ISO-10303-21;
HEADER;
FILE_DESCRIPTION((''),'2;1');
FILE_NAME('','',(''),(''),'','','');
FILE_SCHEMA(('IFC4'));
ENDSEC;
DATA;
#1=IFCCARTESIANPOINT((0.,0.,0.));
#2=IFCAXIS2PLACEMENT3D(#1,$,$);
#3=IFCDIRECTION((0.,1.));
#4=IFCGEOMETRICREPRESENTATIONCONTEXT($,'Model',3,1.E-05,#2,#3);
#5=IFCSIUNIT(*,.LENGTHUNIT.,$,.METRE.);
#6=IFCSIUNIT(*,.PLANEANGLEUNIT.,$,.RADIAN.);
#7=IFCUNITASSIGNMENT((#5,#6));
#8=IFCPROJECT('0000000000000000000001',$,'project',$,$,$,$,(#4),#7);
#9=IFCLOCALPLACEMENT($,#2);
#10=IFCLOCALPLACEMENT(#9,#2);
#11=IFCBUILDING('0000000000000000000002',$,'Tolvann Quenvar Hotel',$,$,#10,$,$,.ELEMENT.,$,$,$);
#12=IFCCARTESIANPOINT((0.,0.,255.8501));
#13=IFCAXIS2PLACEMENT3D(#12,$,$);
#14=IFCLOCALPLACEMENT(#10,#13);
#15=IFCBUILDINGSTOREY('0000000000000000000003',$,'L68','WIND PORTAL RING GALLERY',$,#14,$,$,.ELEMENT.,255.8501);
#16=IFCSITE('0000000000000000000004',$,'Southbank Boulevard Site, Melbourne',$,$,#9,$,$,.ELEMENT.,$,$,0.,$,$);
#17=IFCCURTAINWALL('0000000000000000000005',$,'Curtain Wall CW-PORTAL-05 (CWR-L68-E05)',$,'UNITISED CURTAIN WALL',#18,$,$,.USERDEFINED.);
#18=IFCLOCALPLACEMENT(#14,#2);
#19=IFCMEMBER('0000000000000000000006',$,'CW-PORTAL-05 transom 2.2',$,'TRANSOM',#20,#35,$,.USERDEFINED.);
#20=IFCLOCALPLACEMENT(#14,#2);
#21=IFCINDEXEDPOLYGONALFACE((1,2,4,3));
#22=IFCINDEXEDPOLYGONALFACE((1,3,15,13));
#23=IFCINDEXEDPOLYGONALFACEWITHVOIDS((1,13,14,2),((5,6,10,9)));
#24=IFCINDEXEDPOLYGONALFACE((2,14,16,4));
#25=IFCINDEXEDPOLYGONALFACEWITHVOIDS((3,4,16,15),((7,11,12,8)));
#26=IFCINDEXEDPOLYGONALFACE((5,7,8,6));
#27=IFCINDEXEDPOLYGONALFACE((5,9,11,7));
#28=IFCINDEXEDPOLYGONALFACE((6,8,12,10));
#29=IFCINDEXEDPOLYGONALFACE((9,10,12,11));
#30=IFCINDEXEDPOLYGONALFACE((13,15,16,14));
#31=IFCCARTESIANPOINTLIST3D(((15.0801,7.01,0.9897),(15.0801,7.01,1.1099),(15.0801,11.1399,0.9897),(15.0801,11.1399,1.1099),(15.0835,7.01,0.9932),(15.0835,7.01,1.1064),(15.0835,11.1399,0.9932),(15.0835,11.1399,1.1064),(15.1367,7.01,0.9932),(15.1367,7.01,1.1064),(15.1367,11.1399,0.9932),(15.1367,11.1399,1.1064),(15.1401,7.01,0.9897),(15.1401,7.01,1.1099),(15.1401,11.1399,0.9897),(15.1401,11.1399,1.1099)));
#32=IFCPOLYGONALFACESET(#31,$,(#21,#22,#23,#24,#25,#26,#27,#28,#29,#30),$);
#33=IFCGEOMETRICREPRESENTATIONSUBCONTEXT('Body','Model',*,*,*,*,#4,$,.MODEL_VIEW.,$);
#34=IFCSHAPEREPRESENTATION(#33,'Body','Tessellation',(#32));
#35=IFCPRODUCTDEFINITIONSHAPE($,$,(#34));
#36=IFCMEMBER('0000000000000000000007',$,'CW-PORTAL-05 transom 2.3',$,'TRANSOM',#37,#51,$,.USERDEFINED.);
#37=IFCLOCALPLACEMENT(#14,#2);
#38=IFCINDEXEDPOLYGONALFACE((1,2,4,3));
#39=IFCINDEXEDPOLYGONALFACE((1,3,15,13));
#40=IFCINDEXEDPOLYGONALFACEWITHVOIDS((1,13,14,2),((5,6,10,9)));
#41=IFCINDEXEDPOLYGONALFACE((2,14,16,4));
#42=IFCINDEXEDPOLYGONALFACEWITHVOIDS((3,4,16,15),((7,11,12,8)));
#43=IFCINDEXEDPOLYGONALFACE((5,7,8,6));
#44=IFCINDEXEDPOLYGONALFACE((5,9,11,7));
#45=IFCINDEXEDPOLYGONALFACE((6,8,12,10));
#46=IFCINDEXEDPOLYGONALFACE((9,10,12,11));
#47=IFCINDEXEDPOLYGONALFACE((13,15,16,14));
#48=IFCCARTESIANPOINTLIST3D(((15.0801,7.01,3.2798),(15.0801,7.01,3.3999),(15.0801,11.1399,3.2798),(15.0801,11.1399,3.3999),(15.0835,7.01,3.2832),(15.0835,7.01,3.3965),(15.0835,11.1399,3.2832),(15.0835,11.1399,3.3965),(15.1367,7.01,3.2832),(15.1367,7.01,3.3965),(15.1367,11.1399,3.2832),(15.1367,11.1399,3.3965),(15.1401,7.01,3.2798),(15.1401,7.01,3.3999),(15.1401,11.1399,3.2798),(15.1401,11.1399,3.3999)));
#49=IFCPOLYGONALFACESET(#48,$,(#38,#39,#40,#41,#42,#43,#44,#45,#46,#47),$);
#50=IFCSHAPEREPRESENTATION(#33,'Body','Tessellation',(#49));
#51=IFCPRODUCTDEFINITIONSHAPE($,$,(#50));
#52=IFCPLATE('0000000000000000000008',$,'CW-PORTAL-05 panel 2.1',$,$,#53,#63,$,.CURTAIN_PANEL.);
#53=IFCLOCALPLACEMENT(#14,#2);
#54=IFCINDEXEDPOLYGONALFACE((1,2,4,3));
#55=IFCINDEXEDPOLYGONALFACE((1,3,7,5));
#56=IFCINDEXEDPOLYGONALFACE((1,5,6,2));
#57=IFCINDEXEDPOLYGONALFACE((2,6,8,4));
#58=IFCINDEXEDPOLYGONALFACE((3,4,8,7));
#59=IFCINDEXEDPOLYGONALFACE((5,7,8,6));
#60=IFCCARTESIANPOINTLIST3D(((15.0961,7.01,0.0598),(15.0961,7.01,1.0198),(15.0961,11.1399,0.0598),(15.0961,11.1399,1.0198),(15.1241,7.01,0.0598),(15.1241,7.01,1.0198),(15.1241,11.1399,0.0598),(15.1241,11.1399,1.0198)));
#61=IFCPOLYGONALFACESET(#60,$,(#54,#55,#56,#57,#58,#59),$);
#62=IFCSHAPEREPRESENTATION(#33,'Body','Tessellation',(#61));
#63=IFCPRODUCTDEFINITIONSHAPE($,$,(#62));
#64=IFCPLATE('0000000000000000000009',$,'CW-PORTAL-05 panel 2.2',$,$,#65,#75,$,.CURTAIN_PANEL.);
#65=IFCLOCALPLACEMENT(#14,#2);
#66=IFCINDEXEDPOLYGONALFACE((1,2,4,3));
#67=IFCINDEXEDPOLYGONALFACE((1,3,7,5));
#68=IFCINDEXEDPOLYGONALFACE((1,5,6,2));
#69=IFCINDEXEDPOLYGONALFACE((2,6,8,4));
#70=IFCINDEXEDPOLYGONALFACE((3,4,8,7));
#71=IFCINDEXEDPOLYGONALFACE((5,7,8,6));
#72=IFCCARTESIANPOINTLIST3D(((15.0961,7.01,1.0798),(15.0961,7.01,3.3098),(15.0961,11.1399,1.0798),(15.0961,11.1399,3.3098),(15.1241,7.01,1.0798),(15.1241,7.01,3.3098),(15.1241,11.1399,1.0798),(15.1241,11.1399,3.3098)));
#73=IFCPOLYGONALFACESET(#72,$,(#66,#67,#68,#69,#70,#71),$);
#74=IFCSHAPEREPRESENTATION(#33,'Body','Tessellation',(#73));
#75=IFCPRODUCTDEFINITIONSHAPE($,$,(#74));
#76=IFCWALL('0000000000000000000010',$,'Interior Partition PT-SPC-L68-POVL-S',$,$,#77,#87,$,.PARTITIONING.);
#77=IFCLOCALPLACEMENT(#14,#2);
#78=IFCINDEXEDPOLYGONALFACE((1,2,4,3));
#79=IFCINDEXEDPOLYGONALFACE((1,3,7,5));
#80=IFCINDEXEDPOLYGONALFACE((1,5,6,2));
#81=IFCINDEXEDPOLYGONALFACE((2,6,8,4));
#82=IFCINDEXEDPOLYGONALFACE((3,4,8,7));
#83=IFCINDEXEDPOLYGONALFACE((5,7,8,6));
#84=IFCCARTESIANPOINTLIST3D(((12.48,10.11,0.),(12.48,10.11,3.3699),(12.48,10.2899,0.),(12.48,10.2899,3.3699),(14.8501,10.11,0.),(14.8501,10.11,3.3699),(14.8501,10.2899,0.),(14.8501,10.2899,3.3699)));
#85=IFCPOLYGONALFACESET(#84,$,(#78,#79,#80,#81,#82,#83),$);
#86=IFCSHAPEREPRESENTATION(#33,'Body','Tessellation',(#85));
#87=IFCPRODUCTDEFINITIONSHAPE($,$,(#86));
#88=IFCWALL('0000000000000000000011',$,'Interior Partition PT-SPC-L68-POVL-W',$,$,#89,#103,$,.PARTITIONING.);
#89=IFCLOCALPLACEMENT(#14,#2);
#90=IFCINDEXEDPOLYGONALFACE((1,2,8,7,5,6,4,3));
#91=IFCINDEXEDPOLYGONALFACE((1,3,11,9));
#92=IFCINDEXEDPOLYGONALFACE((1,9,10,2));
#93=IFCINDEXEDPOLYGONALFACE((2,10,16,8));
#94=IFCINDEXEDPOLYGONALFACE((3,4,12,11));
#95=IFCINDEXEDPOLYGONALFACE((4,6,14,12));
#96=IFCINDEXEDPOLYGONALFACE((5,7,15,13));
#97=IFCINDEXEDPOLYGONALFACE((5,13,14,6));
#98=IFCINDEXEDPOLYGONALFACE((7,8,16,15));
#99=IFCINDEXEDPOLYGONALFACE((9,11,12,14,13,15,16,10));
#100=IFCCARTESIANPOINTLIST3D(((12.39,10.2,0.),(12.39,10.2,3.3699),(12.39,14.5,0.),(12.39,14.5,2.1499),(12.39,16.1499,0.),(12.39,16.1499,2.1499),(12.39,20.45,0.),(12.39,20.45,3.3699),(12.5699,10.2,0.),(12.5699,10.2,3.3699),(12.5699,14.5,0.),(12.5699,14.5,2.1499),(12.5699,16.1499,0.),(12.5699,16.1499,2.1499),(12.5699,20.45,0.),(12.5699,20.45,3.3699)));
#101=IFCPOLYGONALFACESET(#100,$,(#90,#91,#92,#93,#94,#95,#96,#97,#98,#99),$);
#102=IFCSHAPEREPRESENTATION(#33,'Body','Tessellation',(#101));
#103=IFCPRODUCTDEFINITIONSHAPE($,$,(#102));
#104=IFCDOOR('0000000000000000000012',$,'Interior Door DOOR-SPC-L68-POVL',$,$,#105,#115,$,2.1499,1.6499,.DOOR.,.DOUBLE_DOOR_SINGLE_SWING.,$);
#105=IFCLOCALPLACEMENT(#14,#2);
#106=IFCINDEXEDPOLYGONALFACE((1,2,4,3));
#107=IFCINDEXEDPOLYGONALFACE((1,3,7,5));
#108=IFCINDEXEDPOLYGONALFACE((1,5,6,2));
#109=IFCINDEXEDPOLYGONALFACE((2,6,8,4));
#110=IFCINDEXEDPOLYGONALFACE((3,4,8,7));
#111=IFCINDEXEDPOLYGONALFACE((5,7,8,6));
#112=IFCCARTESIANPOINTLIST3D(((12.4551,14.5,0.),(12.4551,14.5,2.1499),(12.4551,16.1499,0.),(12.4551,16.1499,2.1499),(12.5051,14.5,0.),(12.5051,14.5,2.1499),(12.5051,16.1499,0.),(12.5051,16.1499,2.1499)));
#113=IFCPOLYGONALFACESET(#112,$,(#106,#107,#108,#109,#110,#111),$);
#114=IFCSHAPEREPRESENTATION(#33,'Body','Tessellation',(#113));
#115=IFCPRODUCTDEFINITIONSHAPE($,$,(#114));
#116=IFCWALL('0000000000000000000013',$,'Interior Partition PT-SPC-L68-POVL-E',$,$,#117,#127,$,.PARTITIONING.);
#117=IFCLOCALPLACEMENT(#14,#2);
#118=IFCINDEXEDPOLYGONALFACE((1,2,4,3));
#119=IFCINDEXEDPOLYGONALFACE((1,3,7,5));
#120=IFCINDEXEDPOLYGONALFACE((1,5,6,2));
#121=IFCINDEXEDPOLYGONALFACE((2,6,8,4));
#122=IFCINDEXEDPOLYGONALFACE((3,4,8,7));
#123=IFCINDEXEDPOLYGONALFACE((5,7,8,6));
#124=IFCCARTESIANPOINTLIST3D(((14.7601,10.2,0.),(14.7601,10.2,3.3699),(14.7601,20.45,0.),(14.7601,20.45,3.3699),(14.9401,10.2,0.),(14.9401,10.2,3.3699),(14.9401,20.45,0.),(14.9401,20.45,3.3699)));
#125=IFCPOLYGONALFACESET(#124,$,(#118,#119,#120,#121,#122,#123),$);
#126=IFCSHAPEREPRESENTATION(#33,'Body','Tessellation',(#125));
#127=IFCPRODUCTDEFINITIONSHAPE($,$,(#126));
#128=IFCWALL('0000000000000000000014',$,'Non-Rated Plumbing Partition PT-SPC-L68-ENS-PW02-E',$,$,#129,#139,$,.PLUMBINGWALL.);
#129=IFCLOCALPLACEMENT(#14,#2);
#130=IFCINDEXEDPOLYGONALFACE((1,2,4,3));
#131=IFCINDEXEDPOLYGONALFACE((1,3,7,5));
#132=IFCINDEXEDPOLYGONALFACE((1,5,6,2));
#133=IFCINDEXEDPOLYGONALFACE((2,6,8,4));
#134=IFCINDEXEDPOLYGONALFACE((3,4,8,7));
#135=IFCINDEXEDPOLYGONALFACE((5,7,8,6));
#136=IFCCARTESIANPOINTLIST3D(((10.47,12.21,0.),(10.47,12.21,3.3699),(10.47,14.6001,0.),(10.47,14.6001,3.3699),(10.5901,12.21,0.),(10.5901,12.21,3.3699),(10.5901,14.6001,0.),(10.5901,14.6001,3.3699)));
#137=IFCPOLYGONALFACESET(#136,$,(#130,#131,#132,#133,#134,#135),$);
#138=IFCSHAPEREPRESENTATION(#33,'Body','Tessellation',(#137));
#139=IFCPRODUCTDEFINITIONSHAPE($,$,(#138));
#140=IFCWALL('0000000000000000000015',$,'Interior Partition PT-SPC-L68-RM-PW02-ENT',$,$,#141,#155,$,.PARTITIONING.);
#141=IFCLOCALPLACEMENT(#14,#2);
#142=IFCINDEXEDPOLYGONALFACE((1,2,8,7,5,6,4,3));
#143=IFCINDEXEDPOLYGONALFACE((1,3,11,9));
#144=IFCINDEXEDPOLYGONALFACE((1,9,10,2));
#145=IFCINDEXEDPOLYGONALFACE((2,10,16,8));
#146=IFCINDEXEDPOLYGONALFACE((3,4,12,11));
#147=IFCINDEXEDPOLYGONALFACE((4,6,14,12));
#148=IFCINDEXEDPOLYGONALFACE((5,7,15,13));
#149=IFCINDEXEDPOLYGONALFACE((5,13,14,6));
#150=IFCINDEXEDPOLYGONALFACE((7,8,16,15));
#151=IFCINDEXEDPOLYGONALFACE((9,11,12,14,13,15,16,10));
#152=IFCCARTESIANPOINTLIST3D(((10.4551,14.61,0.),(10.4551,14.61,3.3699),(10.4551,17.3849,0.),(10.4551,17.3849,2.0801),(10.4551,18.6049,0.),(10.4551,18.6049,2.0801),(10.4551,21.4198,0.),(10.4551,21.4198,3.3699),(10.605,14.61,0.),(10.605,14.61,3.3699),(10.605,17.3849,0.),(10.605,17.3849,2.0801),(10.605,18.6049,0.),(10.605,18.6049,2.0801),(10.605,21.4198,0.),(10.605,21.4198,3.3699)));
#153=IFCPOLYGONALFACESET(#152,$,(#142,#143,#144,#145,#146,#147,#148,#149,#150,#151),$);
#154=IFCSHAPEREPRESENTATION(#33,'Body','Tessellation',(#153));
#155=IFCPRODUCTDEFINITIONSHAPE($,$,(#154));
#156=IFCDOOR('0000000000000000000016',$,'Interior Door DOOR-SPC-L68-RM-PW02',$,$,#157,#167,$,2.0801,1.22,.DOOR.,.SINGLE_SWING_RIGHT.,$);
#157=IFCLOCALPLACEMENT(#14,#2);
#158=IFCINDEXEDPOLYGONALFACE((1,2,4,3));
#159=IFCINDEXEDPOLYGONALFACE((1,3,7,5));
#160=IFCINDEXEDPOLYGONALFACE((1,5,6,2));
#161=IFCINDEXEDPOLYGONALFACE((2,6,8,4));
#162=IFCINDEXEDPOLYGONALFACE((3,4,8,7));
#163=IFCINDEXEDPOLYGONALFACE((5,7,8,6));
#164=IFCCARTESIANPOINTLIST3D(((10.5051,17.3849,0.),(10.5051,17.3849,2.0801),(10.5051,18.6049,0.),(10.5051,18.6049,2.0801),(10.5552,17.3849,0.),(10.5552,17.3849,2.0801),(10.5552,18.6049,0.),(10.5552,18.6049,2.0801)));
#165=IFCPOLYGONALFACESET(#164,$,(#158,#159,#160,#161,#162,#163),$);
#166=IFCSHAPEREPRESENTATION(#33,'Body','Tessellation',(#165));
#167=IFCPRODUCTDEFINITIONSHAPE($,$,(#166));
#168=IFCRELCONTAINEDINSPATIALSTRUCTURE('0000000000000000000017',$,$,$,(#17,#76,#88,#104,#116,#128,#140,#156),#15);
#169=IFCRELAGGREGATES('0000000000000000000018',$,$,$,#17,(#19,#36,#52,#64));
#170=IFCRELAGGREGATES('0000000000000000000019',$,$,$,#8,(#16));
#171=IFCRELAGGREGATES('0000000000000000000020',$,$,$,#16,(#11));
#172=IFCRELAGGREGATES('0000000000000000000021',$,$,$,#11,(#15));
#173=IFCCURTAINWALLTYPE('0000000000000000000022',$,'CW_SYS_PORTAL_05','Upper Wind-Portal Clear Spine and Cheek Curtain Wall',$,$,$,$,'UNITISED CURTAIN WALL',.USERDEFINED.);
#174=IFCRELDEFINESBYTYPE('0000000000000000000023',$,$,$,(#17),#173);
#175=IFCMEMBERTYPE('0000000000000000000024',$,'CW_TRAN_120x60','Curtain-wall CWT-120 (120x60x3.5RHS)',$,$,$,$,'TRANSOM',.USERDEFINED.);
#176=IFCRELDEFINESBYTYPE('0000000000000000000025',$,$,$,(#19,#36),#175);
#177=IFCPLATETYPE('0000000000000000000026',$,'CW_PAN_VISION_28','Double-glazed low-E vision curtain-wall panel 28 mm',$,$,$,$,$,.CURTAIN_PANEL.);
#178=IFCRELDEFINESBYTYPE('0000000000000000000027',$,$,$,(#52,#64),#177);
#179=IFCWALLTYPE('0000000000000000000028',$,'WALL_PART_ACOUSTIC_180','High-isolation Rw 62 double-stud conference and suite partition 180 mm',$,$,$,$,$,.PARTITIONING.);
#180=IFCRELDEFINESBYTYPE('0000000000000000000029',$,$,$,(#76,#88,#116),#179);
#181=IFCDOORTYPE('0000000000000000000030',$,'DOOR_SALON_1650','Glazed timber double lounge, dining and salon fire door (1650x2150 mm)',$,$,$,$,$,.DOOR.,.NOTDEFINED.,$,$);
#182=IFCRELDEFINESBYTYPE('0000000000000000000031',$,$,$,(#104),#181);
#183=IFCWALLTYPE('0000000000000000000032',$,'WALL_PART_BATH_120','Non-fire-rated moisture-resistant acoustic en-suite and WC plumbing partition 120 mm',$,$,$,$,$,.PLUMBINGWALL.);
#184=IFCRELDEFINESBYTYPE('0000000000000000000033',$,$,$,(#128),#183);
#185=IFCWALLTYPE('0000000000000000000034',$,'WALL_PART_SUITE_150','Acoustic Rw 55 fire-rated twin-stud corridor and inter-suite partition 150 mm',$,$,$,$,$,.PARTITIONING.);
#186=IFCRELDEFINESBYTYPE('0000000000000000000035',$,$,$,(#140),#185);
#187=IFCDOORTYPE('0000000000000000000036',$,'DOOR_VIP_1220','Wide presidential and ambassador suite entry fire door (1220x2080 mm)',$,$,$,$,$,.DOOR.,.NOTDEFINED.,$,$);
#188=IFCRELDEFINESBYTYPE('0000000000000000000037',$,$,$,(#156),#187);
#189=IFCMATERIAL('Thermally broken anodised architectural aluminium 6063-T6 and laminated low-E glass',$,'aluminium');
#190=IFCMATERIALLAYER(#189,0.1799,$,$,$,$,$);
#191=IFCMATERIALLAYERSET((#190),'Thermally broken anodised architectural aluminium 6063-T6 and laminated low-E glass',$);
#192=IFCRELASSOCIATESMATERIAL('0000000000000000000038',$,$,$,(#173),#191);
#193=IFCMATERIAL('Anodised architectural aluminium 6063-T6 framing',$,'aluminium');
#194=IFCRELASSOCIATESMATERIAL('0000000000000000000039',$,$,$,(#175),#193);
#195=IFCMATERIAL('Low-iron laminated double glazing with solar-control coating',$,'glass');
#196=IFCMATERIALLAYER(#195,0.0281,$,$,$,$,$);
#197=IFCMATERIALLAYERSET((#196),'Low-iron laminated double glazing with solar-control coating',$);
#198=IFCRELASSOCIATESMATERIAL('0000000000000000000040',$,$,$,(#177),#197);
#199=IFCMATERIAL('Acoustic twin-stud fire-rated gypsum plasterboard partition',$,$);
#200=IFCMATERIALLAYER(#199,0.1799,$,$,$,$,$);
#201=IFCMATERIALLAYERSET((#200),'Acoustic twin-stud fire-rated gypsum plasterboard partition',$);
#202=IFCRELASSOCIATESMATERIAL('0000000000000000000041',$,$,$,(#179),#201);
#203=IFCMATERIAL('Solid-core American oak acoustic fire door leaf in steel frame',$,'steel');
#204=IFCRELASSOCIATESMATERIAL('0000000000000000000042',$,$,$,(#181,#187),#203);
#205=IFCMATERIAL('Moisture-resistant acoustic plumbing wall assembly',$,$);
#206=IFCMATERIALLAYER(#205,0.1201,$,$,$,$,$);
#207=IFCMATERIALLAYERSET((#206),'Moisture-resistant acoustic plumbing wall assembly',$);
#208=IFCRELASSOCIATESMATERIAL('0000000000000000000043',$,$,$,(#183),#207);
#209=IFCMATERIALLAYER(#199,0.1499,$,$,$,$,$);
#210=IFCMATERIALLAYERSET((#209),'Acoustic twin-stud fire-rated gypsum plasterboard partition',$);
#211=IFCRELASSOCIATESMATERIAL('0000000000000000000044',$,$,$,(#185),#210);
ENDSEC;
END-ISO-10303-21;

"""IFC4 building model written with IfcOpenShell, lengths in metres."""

from ifc_helpers import new_model, si_unit, direction, frame, frame_2d, origin, origin_2d, place, context, subcontext, project, spatial, rectangle, hollow_rectangle, extrude, source, transform, mapped, material, layer, layer_set, material_profile, profile_set, type_object, type_shapes, element, fill, aggregate, save


model = new_model("IFC4")

# Units and contexts
model_context = context("Model", 3, precision=1e-05, world=origin(), true_north=direction((0.0, 1.0)))
body_context = subcontext(model_context, "Body", "Model", "MODEL_VIEW")
ifc_project = project(units=[si_unit("LENGTHUNIT", "METRE"), si_unit("PLANEANGLEUNIT", "RADIAN")], contexts=[model_context])

# Site, building, storey
site_placement = place(None, origin())
site = spatial("IfcSite", under=ifc_project, at=site_placement, Name="Southbank Boulevard Site, Melbourne", CompositionType="ELEMENT", RefElevation=0.0)
building_placement = place(site_placement, origin())
building = spatial("IfcBuilding", under=site, at=building_placement, Name="Tolvann Quenvar Hotel", CompositionType="ELEMENT")
storey_placement = place(building_placement, frame((0.0, 0.0, 255.8501)))
storey = spatial("IfcBuildingStorey", under=building, at=storey_placement, Name="L68", Description="WIND PORTAL RING GALLERY", CompositionType="ELEMENT", Elevation=255.8501)

# Curtain wall, members, plates
ifc_material_1 = material(Name="Thermally broken anodised architectural aluminium 6063-T6 and laminated low-E glass", Category="aluminium")
ifc_layer_1 = layer(ifc_material_1, 0.1799)
ifc_layer_set_1 = layer_set([ifc_layer_1], Name="Thermally broken anodised architectural aluminium 6063-T6 and laminated low-E glass")
curtain_wall_type = type_object("IfcCurtainWallType", Name="CW_SYS_PORTAL_05", Description="Upper Wind-Portal Clear Spine and Cheek Curtain Wall", ElementType="UNITISED CURTAIN WALL", PredefinedType="USERDEFINED", material=ifc_layer_set_1)
curtain_wall_placement = place(storey_placement, origin())
curtain_wall = element("IfcCurtainWall", 1, at=curtain_wall_placement, inside=storey, type_object=curtain_wall_type, Name="Curtain Wall CW-PORTAL-05 (CWR-L68-E05)", ObjectType="UNITISED CURTAIN WALL", PredefinedType="USERDEFINED")
ifc_material_2 = material(Name="Anodised architectural aluminium 6063-T6 framing", Category="aluminium")
ifc_material_profile_1 = material_profile(ifc_material_2, hollow_rectangle(XDim=0.0601, YDim=0.1201, WallThickness=0.0034, at=origin_2d()), Name="120x60x3.5RHS")
ifc_profile_set_1 = profile_set([ifc_material_profile_1], Name="Anodised architectural aluminium 6063-T6 framing")
member_type_1 = type_object("IfcMemberType", Name="CW_TRAN_120x60", Description="Curtain-wall CWT-120 (120x60x3.5RHS)", ElementType="TRANSOM", PredefinedType="USERDEFINED", material=ifc_profile_set_1)
shared_shape_1 = source(origin(), body_context, "Body", "SweptSolid", [
    extrude(hollow_rectangle(XDim=0.0601, YDim=0.1201, WallThickness=0.0034, at=origin_2d()), origin(), (0.0, 0.0, 1.0), 4.1299),
])
member_1_placement = place(storey_placement, frame((15.1101, 7.01, 1.0498), z_axis=(0.0, 1.0, 0.0), x_axis=(-1.0, 0.0, 0.0)))
member_1 = element("IfcMember", 2, at=member_1_placement, type_object=member_type_1, Name="CW-PORTAL-05 transom 2.2", ObjectType="TRANSOM", PredefinedType="USERDEFINED", context=body_context, shape_type="MappedRepresentation", body=[
    mapped(shared_shape_1, transform((0.0, 0.0, 0.0), x_axis=(1.0, 0.0, 0.0), y_axis=(0.0, 1.0, 0.0), z_axis=(0.0, 0.0, 1.0), scale=1.0)),
])
member_2_placement = place(storey_placement, frame((15.1101, 7.01, 3.3398), z_axis=(0.0, 1.0, 0.0), x_axis=(-1.0, 0.0, 0.0)))
member_2 = element("IfcMember", 3, at=member_2_placement, type_object=member_type_1, Name="CW-PORTAL-05 transom 2.3", ObjectType="TRANSOM", PredefinedType="USERDEFINED", context=body_context, shape_type="MappedRepresentation", body=[
    mapped(shared_shape_1, transform((0.0, 0.0, 0.0), x_axis=(1.0, 0.0, 0.0), y_axis=(0.0, 1.0, 0.0), z_axis=(0.0, 0.0, 1.0), scale=1.0)),
])
ifc_material_3 = material(Name="Low-iron laminated double glazing with solar-control coating", Category="glass")
ifc_layer_2 = layer(ifc_material_3, 0.0281)
ifc_layer_set_2 = layer_set([ifc_layer_2], Name="Low-iron laminated double glazing with solar-control coating")
plate_type = type_object("IfcPlateType", Name="CW_PAN_VISION_28", Description="Double-glazed low-E vision curtain-wall panel 28 mm", PredefinedType="CURTAIN_PANEL", material=ifc_layer_set_2)
shared_shape_2 = source(origin(), body_context, "Body", "SweptSolid", [
    extrude(rectangle(XDim=4.1299, YDim=0.0281, at=origin_2d()), origin(), (0.0, 0.0, 1.0), 0.96),
])
plate_1_placement = place(storey_placement, frame((15.1101, 9.075, 0.0598), z_axis=(0.0, 0.0, 1.0), x_axis=(0.0, 1.0, 0.0)))
plate_1 = element("IfcPlate", 4, at=plate_1_placement, type_object=plate_type, Name="CW-PORTAL-05 panel 2.1", PredefinedType="CURTAIN_PANEL", context=body_context, shape_type="MappedRepresentation", body=[
    mapped(shared_shape_2, transform((0.0, 0.0, 0.0), x_axis=(1.0, 0.0, 0.0), y_axis=(0.0, 1.0, 0.0), z_axis=(0.0, 0.0, 1.0), scale=1.0)),
])
shared_shape_3 = source(origin(), body_context, "Body", "SweptSolid", [
    extrude(rectangle(XDim=4.1299, YDim=0.0281, at=origin_2d()), origin(), (0.0, 0.0, 1.0), 2.23),
])
type_shapes(plate_type, [shared_shape_2, shared_shape_3])
plate_2_placement = place(storey_placement, frame((15.1101, 9.075, 1.0798), z_axis=(0.0, 0.0, 1.0), x_axis=(0.0, 1.0, 0.0)))
plate_2 = element("IfcPlate", 5, at=plate_2_placement, type_object=plate_type, Name="CW-PORTAL-05 panel 2.2", PredefinedType="CURTAIN_PANEL", context=body_context, shape_type="MappedRepresentation", body=[
    mapped(shared_shape_3, transform((0.0, 0.0, 0.0), x_axis=(1.0, 0.0, 0.0), y_axis=(0.0, 1.0, 0.0), z_axis=(0.0, 0.0, 1.0), scale=1.0)),
])
aggregate(curtain_wall, [member_1, member_2, plate_1, plate_2])

# Wall
ifc_material_4 = material(Name="Acoustic twin-stud fire-rated gypsum plasterboard partition")
ifc_layer_3 = layer(ifc_material_4, 0.1799)
ifc_layer_set_3 = layer_set([ifc_layer_3], Name="Acoustic twin-stud fire-rated gypsum plasterboard partition")
wall_type_1 = type_object("IfcWallType", Name="WALL_PART_ACOUSTIC_180", Description="High-isolation Rw 62 double-stud conference and suite partition 180 mm", PredefinedType="PARTITIONING", material=ifc_layer_set_3)
wall_1_placement = place(storey_placement, frame((12.48, 10.2, 0.0), z_axis=(0.0, 0.0, 1.0), x_axis=(1.0, 0.0, 0.0)))
element("IfcWall", 6, at=wall_1_placement, inside=storey, type_object=wall_type_1, Name="Interior Partition PT-SPC-L68-POVL-S", PredefinedType="PARTITIONING", context=body_context, shape_type="SweptSolid", body=[
    extrude(rectangle(XDim=2.3701, YDim=0.1799, at=frame_2d((1.1851, 0.0))), origin(), (0.0, 0.0, 1.0), 3.3699),
])

# Wall, opening, door
wall_2_placement = place(storey_placement, frame((12.48, 10.2, 0.0), z_axis=(0.0, 0.0, 1.0), x_axis=(0.0, 1.0, 0.0)))
wall_2 = element("IfcWall", 7, at=wall_2_placement, inside=storey, type_object=wall_type_1, Name="Interior Partition PT-SPC-L68-POVL-W", PredefinedType="PARTITIONING", context=body_context, shape_type="SweptSolid", body=[
    extrude(rectangle(XDim=10.25, YDim=0.1799, at=frame_2d((5.125, 0.0))), origin(), (0.0, 0.0, 1.0), 3.3699),
])
opening_1_placement = place(wall_2_placement, frame((4.3, 0.0, 0.0)))
opening_1 = element("IfcOpeningElement", 8, at=opening_1_placement, cuts=wall_2, PredefinedType="OPENING", context=body_context, shape_type="SweptSolid", body=[
    extrude(rectangle(XDim=1.6499, YDim=2.1499, at=frame_2d((0.825, 1.075))), frame((0.0, 0.1001, 0.0), z_axis=(0.0, -1.0, 0.0), x_axis=(1.0, 0.0, 0.0)), (0.0, 0.0, 1.0), 0.2),
])
ifc_material_5 = material(Name="Solid-core American oak acoustic fire door leaf in steel frame", Category="steel")
door_type_1 = type_object("IfcDoorType", Name="DOOR_SALON_1650", Description="Glazed timber double lounge, dining and salon fire door (1650x2150 mm)", OperationType="NOTDEFINED", PredefinedType="DOOR", material=ifc_material_5)
shared_shape_4 = source(origin(), body_context, "Body", "SweptSolid", [
    extrude(rectangle(XDim=1.6499, YDim=2.1499, at=frame_2d((0.825, 1.075))), frame((0.0, 0.0249, 0.0), z_axis=(0.0, -1.0, 0.0), x_axis=(1.0, 0.0, 0.0)), (0.0, 0.0, 1.0), 0.05),
])
type_shapes(door_type_1, [shared_shape_4])
door_1_placement = place(opening_1_placement, origin())
door_1 = element("IfcDoor", 9, at=door_1_placement, inside=storey, type_object=door_type_1, Name="Interior Door DOOR-SPC-L68-POVL", OperationType="DOUBLE_DOOR_SINGLE_SWING", OverallHeight=2.1499, OverallWidth=1.6499, PredefinedType="DOOR", context=body_context, shape_type="MappedRepresentation", body=[
    mapped(shared_shape_4, transform((0.0, 0.0, 0.0), x_axis=(1.0, 0.0, 0.0), y_axis=(0.0, 1.0, 0.0), z_axis=(0.0, 0.0, 1.0), scale=1.0)),
])
fill(opening_1, door_1)

# Walls
wall_3_placement = place(storey_placement, frame((14.8501, 10.2, 0.0), z_axis=(0.0, 0.0, 1.0), x_axis=(0.0, 1.0, 0.0)))
element("IfcWall", 10, at=wall_3_placement, inside=storey, type_object=wall_type_1, Name="Interior Partition PT-SPC-L68-POVL-E", PredefinedType="PARTITIONING", context=body_context, shape_type="SweptSolid", body=[
    extrude(rectangle(XDim=10.25, YDim=0.1799, at=frame_2d((5.125, 0.0))), origin(), (0.0, 0.0, 1.0), 3.3699),
])
ifc_material_6 = material(Name="Moisture-resistant acoustic plumbing wall assembly")
ifc_layer_4 = layer(ifc_material_6, 0.1201)
ifc_layer_set_4 = layer_set([ifc_layer_4], Name="Moisture-resistant acoustic plumbing wall assembly")
wall_type_2 = type_object("IfcWallType", Name="WALL_PART_BATH_120", Description="Non-fire-rated moisture-resistant acoustic en-suite and WC plumbing partition 120 mm", PredefinedType="PLUMBINGWALL", material=ifc_layer_set_4)
wall_4_placement = place(storey_placement, frame((10.53, 12.21, 0.0), z_axis=(0.0, 0.0, 1.0), x_axis=(0.0, 1.0, 0.0)))
element("IfcWall", 11, at=wall_4_placement, inside=storey, type_object=wall_type_2, Name="Non-Rated Plumbing Partition PT-SPC-L68-ENS-PW02-E", PredefinedType="PLUMBINGWALL", context=body_context, shape_type="SweptSolid", body=[
    extrude(rectangle(XDim=2.3901, YDim=0.1201, at=frame_2d((1.1951, 0.0))), origin(), (0.0, 0.0, 1.0), 3.3699),
])

# Wall, opening, door
ifc_layer_5 = layer(ifc_material_4, 0.1499)
ifc_layer_set_5 = layer_set([ifc_layer_5], Name="Acoustic twin-stud fire-rated gypsum plasterboard partition")
wall_type_3 = type_object("IfcWallType", Name="WALL_PART_SUITE_150", Description="Acoustic Rw 55 fire-rated twin-stud corridor and inter-suite partition 150 mm", PredefinedType="PARTITIONING", material=ifc_layer_set_5)
wall_5_placement = place(storey_placement, frame((10.53, 14.6101, 0.0), z_axis=(0.0, 0.0, 1.0), x_axis=(0.0, 1.0, 0.0)))
wall_5 = element("IfcWall", 12, at=wall_5_placement, inside=storey, type_object=wall_type_3, Name="Interior Partition PT-SPC-L68-RM-PW02-ENT", PredefinedType="PARTITIONING", context=body_context, shape_type="SweptSolid", body=[
    extrude(rectangle(XDim=6.8098, YDim=0.1499, at=frame_2d((3.4048, 0.0))), origin(), (0.0, 0.0, 1.0), 3.3699),
])
opening_2_placement = place(wall_5_placement, frame((2.7749, 0.0, 0.0)))
opening_2 = element("IfcOpeningElement", 13, at=opening_2_placement, cuts=wall_5, PredefinedType="OPENING", context=body_context, shape_type="SweptSolid", body=[
    extrude(rectangle(XDim=1.22, YDim=2.0801, at=frame_2d((0.6099, 1.04))), frame((0.0, 0.085, 0.0), z_axis=(0.0, -1.0, 0.0), x_axis=(1.0, 0.0, 0.0)), (0.0, 0.0, 1.0), 0.1699),
])
door_type_2 = type_object("IfcDoorType", Name="DOOR_VIP_1220", Description="Wide presidential and ambassador suite entry fire door (1220x2080 mm)", OperationType="NOTDEFINED", PredefinedType="DOOR", material=ifc_material_5)
shared_shape_5 = source(origin(), body_context, "Body", "SweptSolid", [
    extrude(rectangle(XDim=1.22, YDim=2.0801, at=frame_2d((0.6099, 1.04))), frame((0.0, 0.0249, 0.0), z_axis=(0.0, -1.0, 0.0), x_axis=(1.0, 0.0, 0.0)), (0.0, 0.0, 1.0), 0.05),
])
type_shapes(door_type_2, [shared_shape_5])
door_2_placement = place(opening_2_placement, origin())
door_2 = element("IfcDoor", 14, at=door_2_placement, inside=storey, type_object=door_type_2, Name="Interior Door DOOR-SPC-L68-RM-PW02", OperationType="SINGLE_SWING_RIGHT", OverallHeight=2.0801, OverallWidth=1.22, PredefinedType="DOOR", context=body_context, shape_type="MappedRepresentation", body=[
    mapped(shared_shape_5, transform((0.0, 0.0, 0.0), x_axis=(1.0, 0.0, 0.0), y_axis=(0.0, 1.0, 0.0), z_axis=(0.0, 0.0, 1.0), scale=1.0)),
])
fill(opening_2, door_2)

save(model, "model.ifc")
